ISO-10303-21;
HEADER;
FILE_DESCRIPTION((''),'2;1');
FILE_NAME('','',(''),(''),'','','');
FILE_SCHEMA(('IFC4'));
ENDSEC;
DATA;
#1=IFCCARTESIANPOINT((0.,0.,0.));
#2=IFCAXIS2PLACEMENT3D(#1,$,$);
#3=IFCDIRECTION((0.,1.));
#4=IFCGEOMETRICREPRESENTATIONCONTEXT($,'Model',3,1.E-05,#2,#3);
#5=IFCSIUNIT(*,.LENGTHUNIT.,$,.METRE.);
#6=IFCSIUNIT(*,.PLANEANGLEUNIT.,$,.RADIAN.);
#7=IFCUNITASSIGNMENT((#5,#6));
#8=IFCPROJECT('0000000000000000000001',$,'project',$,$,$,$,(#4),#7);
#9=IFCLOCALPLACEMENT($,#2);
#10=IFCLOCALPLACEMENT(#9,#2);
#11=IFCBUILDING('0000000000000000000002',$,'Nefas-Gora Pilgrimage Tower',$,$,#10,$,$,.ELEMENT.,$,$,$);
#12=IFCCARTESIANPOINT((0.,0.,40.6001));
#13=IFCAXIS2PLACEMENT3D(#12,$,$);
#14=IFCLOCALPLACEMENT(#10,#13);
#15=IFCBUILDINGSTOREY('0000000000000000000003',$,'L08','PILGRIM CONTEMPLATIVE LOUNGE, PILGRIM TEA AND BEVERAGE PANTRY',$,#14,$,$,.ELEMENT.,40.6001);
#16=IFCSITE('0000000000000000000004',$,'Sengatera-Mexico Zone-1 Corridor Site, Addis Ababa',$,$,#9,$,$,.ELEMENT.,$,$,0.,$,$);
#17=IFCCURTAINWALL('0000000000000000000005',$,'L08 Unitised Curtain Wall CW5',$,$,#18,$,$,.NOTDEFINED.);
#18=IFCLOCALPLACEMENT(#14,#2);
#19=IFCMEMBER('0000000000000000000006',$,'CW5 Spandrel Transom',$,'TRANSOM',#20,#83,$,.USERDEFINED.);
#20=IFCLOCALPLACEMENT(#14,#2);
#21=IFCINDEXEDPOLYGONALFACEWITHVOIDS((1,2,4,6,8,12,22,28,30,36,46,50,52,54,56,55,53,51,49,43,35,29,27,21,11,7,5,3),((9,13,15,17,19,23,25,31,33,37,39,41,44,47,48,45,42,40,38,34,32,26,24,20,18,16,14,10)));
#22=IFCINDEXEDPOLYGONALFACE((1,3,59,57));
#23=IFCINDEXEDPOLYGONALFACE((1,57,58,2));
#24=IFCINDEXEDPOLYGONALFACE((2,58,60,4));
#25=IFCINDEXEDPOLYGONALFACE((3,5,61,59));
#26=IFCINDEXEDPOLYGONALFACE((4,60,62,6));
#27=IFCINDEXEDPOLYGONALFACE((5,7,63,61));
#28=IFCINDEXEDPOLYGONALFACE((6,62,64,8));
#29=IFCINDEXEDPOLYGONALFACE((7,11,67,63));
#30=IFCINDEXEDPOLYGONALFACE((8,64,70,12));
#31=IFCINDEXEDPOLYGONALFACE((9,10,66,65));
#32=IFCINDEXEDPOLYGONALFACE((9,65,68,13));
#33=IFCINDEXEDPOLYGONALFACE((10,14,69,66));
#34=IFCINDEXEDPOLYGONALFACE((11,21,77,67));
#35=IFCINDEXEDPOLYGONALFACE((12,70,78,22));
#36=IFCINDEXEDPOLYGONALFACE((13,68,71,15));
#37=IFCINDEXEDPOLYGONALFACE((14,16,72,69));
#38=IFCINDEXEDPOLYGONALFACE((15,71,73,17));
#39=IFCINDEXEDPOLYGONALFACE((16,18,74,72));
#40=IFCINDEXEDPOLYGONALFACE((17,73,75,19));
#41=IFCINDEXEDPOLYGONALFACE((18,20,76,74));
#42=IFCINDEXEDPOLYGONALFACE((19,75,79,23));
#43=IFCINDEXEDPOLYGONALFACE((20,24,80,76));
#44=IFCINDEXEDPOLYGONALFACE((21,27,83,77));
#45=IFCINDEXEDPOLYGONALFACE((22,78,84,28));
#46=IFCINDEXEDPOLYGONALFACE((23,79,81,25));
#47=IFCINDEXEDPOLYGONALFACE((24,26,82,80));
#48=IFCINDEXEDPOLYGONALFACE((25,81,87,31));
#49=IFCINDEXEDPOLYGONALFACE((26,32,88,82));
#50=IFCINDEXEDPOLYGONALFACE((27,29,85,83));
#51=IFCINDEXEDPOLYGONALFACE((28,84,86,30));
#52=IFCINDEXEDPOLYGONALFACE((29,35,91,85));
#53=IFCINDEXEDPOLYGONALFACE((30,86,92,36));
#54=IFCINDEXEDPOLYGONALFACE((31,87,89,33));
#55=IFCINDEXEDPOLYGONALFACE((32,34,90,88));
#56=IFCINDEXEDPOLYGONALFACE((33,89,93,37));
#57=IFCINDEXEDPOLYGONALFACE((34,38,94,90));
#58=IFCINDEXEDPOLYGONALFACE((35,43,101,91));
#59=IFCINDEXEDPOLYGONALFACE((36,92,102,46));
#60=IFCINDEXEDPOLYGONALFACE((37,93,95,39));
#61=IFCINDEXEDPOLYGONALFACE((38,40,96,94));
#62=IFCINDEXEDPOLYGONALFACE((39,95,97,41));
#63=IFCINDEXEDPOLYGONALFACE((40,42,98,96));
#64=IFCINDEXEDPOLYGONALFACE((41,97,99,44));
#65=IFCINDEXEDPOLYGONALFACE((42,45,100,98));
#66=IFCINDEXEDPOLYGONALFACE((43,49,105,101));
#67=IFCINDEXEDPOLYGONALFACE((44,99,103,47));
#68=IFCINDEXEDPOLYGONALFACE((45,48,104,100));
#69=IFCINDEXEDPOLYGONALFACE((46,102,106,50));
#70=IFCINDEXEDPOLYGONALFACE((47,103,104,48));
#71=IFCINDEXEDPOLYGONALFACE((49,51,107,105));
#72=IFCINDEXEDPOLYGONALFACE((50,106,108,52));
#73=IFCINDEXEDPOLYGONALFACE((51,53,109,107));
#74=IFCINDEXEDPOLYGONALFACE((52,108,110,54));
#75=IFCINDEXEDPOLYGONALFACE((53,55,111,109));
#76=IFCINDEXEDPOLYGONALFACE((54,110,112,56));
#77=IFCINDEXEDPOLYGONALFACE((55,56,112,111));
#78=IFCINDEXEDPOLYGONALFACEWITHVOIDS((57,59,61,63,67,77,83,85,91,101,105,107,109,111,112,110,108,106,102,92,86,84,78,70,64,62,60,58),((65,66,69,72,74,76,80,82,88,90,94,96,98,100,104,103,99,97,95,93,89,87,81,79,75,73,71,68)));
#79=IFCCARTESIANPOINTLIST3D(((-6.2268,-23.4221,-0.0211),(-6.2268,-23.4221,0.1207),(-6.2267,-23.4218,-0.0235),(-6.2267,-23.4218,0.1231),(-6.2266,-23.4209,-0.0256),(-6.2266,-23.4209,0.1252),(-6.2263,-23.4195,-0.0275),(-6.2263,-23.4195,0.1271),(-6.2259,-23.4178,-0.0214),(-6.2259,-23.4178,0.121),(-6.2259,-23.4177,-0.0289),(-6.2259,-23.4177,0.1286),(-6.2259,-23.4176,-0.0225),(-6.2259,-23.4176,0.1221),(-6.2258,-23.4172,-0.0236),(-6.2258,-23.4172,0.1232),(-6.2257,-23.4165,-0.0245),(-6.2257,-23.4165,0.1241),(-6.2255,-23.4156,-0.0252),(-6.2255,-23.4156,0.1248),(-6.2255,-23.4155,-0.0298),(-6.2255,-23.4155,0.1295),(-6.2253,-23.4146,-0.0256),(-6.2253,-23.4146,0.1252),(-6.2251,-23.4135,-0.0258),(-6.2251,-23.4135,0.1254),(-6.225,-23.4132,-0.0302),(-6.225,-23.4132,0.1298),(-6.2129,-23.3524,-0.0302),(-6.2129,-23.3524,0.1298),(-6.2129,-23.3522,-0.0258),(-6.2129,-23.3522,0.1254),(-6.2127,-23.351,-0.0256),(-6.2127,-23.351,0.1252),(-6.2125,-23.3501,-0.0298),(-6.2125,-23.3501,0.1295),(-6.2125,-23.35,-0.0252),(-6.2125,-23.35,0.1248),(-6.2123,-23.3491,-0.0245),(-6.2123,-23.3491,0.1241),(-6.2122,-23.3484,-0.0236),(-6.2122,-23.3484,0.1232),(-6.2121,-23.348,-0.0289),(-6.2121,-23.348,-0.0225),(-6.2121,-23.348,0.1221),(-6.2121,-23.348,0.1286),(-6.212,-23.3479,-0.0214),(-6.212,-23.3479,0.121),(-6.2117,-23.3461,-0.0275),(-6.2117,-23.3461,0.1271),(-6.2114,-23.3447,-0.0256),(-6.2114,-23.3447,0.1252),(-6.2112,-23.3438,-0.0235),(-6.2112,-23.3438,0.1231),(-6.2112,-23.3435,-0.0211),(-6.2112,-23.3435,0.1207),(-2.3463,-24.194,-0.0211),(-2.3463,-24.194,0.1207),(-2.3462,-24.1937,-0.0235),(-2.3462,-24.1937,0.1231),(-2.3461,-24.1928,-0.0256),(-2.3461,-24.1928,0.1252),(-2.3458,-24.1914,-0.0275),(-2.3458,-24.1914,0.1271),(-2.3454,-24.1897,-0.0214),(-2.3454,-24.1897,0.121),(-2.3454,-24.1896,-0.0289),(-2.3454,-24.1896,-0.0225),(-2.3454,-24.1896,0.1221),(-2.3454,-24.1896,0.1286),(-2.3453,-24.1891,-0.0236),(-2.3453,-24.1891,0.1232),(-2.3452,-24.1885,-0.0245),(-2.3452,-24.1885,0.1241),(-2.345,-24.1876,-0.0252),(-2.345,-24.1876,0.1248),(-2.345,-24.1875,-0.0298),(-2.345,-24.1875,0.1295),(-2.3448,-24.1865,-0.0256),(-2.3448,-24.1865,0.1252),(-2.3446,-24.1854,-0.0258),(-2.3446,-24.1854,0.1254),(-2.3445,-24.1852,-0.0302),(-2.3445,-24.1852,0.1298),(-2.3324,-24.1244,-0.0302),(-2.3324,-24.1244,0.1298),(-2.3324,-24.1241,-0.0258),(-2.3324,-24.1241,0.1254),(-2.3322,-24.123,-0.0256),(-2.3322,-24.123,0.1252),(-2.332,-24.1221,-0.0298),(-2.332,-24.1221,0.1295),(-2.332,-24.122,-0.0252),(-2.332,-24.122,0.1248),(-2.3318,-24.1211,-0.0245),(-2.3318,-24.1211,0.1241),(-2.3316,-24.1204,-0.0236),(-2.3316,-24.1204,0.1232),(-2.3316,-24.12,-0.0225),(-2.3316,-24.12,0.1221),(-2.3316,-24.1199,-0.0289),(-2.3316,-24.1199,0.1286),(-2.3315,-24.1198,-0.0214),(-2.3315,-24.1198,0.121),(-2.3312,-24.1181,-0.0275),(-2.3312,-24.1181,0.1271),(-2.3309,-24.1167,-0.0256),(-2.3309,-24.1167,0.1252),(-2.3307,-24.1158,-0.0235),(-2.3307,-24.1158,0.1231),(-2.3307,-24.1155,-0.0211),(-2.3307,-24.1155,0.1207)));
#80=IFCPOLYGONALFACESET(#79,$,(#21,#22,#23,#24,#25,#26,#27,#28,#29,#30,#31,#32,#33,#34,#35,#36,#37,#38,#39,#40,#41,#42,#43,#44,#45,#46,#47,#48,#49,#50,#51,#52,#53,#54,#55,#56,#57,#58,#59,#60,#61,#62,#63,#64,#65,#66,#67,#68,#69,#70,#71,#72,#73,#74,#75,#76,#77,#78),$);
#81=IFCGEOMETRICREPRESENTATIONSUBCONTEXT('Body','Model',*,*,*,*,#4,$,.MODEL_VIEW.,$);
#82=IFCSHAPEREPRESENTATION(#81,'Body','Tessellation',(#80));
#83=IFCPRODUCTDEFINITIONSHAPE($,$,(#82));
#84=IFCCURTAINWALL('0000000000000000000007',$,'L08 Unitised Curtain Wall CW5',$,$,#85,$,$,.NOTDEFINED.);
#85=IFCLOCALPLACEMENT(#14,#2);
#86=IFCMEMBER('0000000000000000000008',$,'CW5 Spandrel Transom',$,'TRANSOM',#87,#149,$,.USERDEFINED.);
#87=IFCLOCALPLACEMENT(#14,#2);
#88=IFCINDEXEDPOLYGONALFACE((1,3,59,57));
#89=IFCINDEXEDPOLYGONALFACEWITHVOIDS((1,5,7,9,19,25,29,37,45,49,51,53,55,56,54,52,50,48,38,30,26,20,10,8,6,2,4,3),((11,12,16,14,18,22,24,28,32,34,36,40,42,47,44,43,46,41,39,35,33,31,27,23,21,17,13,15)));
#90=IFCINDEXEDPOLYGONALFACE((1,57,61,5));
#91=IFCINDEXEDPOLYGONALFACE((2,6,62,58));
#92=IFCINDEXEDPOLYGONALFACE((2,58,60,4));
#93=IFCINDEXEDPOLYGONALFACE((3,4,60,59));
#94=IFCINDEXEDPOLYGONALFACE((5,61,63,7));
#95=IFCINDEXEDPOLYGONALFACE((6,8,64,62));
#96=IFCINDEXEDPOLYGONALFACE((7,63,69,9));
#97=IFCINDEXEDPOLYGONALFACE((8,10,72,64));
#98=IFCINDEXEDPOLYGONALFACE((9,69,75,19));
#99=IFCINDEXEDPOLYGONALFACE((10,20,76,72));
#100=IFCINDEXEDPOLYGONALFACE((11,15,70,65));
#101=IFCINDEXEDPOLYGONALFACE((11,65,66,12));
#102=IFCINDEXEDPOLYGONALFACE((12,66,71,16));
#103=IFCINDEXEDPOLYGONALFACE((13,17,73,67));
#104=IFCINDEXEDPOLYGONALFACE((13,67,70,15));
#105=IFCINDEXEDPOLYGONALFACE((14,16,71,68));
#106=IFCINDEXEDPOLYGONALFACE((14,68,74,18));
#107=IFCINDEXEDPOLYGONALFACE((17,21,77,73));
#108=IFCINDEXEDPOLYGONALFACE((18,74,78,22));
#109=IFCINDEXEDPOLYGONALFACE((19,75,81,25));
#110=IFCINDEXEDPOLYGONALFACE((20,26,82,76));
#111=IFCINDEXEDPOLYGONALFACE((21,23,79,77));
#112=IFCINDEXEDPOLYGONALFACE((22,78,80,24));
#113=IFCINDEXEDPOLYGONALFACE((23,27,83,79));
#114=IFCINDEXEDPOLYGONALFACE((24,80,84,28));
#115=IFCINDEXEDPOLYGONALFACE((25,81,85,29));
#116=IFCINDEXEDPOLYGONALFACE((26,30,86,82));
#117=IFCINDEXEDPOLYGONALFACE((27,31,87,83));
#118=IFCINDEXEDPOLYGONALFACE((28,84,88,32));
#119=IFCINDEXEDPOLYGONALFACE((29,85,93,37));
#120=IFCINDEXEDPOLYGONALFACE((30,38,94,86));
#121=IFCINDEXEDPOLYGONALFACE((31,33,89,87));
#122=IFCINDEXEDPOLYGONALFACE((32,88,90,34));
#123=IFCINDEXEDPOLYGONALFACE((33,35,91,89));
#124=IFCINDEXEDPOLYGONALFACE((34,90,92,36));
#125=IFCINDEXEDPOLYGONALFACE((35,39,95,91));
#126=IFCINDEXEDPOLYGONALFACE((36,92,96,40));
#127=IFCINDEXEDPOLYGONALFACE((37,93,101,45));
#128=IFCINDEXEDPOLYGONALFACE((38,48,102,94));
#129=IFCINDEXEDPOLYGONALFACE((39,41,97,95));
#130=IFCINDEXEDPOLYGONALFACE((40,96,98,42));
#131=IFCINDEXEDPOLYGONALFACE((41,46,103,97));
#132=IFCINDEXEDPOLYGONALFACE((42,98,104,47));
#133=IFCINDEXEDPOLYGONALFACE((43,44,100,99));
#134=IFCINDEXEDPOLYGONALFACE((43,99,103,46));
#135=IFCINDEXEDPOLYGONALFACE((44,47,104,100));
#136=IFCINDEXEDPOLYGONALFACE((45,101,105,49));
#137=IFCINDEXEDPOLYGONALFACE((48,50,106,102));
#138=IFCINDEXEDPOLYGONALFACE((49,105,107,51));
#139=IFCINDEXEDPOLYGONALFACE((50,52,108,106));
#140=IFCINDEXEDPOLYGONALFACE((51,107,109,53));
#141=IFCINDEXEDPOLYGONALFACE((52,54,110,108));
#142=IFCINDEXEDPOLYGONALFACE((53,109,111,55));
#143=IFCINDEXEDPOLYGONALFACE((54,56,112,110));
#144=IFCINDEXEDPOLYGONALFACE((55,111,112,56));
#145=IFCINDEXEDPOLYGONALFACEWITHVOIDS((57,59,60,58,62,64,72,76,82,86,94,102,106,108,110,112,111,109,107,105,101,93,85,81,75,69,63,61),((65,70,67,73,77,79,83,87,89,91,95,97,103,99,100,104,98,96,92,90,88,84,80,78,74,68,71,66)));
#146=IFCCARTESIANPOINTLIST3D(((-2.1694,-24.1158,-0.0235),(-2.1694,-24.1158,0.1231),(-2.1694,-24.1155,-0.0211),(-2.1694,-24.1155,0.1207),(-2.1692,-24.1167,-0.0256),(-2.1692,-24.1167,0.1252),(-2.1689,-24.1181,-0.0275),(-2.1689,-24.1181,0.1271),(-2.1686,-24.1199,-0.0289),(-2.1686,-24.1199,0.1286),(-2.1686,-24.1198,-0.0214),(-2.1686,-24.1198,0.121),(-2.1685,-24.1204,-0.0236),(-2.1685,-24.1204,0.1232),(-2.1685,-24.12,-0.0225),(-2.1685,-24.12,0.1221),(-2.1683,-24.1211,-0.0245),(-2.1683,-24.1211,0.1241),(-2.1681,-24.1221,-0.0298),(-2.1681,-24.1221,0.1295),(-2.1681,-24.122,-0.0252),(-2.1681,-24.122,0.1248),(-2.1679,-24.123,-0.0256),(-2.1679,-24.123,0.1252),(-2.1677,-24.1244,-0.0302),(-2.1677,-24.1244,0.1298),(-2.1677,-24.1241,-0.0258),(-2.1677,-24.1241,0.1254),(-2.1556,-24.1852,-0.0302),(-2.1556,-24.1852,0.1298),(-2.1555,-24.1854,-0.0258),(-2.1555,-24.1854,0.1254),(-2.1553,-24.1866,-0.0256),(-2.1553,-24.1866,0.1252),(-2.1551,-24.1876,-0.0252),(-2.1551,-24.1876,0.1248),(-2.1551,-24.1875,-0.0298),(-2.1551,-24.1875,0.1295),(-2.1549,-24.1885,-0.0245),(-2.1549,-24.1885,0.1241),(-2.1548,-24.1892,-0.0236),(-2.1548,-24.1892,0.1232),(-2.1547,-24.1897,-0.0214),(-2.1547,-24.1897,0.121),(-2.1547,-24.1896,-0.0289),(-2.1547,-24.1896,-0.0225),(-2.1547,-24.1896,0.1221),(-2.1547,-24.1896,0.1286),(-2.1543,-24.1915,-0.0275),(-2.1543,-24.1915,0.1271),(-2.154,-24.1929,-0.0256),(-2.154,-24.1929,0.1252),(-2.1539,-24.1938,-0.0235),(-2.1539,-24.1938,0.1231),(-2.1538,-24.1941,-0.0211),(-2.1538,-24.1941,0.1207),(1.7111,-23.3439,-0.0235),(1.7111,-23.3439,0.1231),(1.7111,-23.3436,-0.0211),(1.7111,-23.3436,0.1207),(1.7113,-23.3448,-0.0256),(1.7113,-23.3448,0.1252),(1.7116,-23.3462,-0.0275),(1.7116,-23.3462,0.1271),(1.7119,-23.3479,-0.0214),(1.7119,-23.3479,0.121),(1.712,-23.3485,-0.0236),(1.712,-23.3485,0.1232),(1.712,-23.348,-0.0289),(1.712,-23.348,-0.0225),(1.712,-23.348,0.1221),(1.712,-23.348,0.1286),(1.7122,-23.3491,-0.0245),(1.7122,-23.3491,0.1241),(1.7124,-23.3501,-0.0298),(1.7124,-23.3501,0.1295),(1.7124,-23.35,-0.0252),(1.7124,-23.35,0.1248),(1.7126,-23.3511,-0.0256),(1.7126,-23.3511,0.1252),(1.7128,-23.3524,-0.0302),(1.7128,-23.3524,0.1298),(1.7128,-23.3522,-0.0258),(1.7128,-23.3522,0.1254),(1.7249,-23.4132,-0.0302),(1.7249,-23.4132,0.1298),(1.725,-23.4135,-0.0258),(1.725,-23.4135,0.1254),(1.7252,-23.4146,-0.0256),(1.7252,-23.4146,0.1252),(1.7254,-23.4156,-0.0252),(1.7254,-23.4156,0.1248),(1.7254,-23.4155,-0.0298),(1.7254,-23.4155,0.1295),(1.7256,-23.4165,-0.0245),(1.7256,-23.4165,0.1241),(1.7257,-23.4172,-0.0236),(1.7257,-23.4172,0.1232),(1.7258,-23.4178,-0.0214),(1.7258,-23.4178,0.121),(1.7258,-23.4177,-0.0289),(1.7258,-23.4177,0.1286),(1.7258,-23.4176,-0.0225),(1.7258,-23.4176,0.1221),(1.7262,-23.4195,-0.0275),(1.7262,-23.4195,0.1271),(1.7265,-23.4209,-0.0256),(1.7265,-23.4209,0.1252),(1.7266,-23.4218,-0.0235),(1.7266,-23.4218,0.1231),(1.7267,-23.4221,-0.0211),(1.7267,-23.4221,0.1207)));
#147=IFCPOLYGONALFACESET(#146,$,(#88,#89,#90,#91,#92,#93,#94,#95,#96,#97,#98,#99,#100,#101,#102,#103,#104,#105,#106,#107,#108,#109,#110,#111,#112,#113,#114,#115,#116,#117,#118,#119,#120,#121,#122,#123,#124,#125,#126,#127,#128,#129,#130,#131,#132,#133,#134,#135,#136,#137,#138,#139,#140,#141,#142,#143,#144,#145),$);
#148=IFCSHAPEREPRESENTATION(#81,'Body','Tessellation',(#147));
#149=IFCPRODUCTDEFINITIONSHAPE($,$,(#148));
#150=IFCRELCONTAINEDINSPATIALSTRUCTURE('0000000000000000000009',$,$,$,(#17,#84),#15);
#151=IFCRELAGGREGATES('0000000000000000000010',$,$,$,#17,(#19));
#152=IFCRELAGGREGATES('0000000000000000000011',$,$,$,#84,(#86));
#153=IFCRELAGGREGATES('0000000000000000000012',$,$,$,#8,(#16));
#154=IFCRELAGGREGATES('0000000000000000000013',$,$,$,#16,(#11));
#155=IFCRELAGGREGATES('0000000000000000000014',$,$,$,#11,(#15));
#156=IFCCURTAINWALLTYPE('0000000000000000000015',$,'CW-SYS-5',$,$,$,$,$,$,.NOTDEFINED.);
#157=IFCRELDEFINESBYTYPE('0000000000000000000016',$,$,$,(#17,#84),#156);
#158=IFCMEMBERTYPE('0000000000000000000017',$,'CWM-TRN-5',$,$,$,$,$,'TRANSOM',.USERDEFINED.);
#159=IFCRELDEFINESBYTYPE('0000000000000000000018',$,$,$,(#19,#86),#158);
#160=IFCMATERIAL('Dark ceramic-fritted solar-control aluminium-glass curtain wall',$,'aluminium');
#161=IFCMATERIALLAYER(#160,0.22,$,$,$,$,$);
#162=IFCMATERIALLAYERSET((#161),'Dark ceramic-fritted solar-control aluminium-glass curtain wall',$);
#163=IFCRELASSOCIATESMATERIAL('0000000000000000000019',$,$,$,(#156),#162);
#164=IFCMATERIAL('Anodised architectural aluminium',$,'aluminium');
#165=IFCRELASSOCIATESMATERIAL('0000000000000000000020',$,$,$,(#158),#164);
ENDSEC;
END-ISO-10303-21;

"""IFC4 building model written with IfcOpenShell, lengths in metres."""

from ifc_helpers import new_model, si_unit, direction, frame, origin, origin_2d, place, context, subcontext, project, spatial, hollow_rectangle, extrude, source, transform, mapped, material, layer, layer_set, material_profile, profile_set, type_object, element, aggregate, save


model = new_model("IFC4")

# Units and contexts
model_context = context("Model", 3, precision=1e-05, world=origin(), true_north=direction((0.0, 1.0)))
body_context = subcontext(model_context, "Body", "Model", "MODEL_VIEW")
ifc_project = project(units=[si_unit("LENGTHUNIT", "METRE"), si_unit("PLANEANGLEUNIT", "RADIAN")], contexts=[model_context])

# Site, building, storey
site_placement = place(None, origin())
site = spatial("IfcSite", under=ifc_project, at=site_placement, Name="Sengatera-Mexico Zone-1 Corridor Site, Addis Ababa", CompositionType="ELEMENT", RefElevation=0.0)
building_placement = place(site_placement, origin())
building = spatial("IfcBuilding", under=site, at=building_placement, Name="Nefas-Gora Pilgrimage Tower", CompositionType="ELEMENT")
storey_placement = place(building_placement, frame((0.0, 0.0, 40.6001)))
storey = spatial("IfcBuildingStorey", under=building, at=storey_placement, Name="L08", Description="PILGRIM CONTEMPLATIVE LOUNGE, PILGRIM TEA AND BEVERAGE PANTRY", CompositionType="ELEMENT", Elevation=40.6001)

# Curtain walls, members
ifc_material_1 = material(Name="Dark ceramic-fritted solar-control aluminium-glass curtain wall", Category="aluminium")
ifc_layer_1 = layer(ifc_material_1, 0.22)
ifc_layer_set_1 = layer_set([ifc_layer_1], Name="Dark ceramic-fritted solar-control aluminium-glass curtain wall")
curtain_wall_type = type_object("IfcCurtainWallType", Name="CW-SYS-5", PredefinedType="NOTDEFINED", material=ifc_layer_set_1)
curtain_wall_1_placement = place(storey_placement, origin())
curtain_wall_1 = element("IfcCurtainWall", 1, at=curtain_wall_1_placement, inside=storey, type_object=curtain_wall_type, Name="L08 Unitised Curtain Wall CW5", PredefinedType="NOTDEFINED")
ifc_material_2 = material(Name="Anodised architectural aluminium", Category="aluminium")
ifc_material_profile_1 = material_profile(ifc_material_2, hollow_rectangle(XDim=0.0801, YDim=0.1599, WallThickness=0.0044, InnerFilletRadius=0.0044, OuterFilletRadius=0.009, at=origin_2d()), Name="ALU TRANSOM 80x160")
ifc_profile_set_1 = profile_set([ifc_material_profile_1], Name="Anodised architectural aluminium")
member_type_1 = type_object("IfcMemberType", Name="CWM-TRN-5", ElementType="TRANSOM", PredefinedType="USERDEFINED", material=ifc_profile_set_1)
shared_shape_1 = source(origin(), body_context, "Body", "SweptSolid", [
    extrude(hollow_rectangle(XDim=0.0801, YDim=0.1599, WallThickness=0.0044, InnerFilletRadius=0.0044, OuterFilletRadius=0.009, at=origin_2d()), origin(), (0.0, 0.0, 1.0), 3.9565),
])
member_1_placement = place(storey_placement, frame((-6.219, -23.3828, 0.0498), z_axis=(0.980782, -0.195107, 0.0), x_axis=(0.195107, 0.980782, 0.0)))
member_1 = element("IfcMember", 2, at=member_1_placement, type_object=member_type_1, Name="CW5 Spandrel Transom", ObjectType="TRANSOM", PredefinedType="USERDEFINED", context=body_context, shape_type="MappedRepresentation", body=[
    mapped(shared_shape_1, transform((0.0, 0.0, 0.0), x_axis=(1.0, 0.0, 0.0), y_axis=(0.0, 1.0, 0.0), z_axis=(0.0, 0.0, 1.0), scale=1.0)),
])
curtain_wall_2_placement = place(storey_placement, origin())
curtain_wall_2 = element("IfcCurtainWall", 3, at=curtain_wall_2_placement, inside=storey, type_object=curtain_wall_type, Name="L08 Unitised Curtain Wall CW5", PredefinedType="NOTDEFINED")
member_2_placement = place(storey_placement, frame((-2.1616, -24.1548, 0.0498), z_axis=(0.980782, 0.195107, 0.0), x_axis=(-0.195107, 0.980782, 0.0)))
member_2 = element("IfcMember", 4, at=member_2_placement, type_object=member_type_1, Name="CW5 Spandrel Transom", ObjectType="TRANSOM", PredefinedType="USERDEFINED", context=body_context, shape_type="MappedRepresentation", body=[
    mapped(shared_shape_1, transform((0.0, 0.0, 0.0), x_axis=(1.0, 0.0, 0.0), y_axis=(0.0, 1.0, 0.0), z_axis=(0.0, 0.0, 1.0), scale=1.0)),
])

aggregate(curtain_wall_1, [member_1])
aggregate(curtain_wall_2, [member_2])

save(model, "model.ifc")
